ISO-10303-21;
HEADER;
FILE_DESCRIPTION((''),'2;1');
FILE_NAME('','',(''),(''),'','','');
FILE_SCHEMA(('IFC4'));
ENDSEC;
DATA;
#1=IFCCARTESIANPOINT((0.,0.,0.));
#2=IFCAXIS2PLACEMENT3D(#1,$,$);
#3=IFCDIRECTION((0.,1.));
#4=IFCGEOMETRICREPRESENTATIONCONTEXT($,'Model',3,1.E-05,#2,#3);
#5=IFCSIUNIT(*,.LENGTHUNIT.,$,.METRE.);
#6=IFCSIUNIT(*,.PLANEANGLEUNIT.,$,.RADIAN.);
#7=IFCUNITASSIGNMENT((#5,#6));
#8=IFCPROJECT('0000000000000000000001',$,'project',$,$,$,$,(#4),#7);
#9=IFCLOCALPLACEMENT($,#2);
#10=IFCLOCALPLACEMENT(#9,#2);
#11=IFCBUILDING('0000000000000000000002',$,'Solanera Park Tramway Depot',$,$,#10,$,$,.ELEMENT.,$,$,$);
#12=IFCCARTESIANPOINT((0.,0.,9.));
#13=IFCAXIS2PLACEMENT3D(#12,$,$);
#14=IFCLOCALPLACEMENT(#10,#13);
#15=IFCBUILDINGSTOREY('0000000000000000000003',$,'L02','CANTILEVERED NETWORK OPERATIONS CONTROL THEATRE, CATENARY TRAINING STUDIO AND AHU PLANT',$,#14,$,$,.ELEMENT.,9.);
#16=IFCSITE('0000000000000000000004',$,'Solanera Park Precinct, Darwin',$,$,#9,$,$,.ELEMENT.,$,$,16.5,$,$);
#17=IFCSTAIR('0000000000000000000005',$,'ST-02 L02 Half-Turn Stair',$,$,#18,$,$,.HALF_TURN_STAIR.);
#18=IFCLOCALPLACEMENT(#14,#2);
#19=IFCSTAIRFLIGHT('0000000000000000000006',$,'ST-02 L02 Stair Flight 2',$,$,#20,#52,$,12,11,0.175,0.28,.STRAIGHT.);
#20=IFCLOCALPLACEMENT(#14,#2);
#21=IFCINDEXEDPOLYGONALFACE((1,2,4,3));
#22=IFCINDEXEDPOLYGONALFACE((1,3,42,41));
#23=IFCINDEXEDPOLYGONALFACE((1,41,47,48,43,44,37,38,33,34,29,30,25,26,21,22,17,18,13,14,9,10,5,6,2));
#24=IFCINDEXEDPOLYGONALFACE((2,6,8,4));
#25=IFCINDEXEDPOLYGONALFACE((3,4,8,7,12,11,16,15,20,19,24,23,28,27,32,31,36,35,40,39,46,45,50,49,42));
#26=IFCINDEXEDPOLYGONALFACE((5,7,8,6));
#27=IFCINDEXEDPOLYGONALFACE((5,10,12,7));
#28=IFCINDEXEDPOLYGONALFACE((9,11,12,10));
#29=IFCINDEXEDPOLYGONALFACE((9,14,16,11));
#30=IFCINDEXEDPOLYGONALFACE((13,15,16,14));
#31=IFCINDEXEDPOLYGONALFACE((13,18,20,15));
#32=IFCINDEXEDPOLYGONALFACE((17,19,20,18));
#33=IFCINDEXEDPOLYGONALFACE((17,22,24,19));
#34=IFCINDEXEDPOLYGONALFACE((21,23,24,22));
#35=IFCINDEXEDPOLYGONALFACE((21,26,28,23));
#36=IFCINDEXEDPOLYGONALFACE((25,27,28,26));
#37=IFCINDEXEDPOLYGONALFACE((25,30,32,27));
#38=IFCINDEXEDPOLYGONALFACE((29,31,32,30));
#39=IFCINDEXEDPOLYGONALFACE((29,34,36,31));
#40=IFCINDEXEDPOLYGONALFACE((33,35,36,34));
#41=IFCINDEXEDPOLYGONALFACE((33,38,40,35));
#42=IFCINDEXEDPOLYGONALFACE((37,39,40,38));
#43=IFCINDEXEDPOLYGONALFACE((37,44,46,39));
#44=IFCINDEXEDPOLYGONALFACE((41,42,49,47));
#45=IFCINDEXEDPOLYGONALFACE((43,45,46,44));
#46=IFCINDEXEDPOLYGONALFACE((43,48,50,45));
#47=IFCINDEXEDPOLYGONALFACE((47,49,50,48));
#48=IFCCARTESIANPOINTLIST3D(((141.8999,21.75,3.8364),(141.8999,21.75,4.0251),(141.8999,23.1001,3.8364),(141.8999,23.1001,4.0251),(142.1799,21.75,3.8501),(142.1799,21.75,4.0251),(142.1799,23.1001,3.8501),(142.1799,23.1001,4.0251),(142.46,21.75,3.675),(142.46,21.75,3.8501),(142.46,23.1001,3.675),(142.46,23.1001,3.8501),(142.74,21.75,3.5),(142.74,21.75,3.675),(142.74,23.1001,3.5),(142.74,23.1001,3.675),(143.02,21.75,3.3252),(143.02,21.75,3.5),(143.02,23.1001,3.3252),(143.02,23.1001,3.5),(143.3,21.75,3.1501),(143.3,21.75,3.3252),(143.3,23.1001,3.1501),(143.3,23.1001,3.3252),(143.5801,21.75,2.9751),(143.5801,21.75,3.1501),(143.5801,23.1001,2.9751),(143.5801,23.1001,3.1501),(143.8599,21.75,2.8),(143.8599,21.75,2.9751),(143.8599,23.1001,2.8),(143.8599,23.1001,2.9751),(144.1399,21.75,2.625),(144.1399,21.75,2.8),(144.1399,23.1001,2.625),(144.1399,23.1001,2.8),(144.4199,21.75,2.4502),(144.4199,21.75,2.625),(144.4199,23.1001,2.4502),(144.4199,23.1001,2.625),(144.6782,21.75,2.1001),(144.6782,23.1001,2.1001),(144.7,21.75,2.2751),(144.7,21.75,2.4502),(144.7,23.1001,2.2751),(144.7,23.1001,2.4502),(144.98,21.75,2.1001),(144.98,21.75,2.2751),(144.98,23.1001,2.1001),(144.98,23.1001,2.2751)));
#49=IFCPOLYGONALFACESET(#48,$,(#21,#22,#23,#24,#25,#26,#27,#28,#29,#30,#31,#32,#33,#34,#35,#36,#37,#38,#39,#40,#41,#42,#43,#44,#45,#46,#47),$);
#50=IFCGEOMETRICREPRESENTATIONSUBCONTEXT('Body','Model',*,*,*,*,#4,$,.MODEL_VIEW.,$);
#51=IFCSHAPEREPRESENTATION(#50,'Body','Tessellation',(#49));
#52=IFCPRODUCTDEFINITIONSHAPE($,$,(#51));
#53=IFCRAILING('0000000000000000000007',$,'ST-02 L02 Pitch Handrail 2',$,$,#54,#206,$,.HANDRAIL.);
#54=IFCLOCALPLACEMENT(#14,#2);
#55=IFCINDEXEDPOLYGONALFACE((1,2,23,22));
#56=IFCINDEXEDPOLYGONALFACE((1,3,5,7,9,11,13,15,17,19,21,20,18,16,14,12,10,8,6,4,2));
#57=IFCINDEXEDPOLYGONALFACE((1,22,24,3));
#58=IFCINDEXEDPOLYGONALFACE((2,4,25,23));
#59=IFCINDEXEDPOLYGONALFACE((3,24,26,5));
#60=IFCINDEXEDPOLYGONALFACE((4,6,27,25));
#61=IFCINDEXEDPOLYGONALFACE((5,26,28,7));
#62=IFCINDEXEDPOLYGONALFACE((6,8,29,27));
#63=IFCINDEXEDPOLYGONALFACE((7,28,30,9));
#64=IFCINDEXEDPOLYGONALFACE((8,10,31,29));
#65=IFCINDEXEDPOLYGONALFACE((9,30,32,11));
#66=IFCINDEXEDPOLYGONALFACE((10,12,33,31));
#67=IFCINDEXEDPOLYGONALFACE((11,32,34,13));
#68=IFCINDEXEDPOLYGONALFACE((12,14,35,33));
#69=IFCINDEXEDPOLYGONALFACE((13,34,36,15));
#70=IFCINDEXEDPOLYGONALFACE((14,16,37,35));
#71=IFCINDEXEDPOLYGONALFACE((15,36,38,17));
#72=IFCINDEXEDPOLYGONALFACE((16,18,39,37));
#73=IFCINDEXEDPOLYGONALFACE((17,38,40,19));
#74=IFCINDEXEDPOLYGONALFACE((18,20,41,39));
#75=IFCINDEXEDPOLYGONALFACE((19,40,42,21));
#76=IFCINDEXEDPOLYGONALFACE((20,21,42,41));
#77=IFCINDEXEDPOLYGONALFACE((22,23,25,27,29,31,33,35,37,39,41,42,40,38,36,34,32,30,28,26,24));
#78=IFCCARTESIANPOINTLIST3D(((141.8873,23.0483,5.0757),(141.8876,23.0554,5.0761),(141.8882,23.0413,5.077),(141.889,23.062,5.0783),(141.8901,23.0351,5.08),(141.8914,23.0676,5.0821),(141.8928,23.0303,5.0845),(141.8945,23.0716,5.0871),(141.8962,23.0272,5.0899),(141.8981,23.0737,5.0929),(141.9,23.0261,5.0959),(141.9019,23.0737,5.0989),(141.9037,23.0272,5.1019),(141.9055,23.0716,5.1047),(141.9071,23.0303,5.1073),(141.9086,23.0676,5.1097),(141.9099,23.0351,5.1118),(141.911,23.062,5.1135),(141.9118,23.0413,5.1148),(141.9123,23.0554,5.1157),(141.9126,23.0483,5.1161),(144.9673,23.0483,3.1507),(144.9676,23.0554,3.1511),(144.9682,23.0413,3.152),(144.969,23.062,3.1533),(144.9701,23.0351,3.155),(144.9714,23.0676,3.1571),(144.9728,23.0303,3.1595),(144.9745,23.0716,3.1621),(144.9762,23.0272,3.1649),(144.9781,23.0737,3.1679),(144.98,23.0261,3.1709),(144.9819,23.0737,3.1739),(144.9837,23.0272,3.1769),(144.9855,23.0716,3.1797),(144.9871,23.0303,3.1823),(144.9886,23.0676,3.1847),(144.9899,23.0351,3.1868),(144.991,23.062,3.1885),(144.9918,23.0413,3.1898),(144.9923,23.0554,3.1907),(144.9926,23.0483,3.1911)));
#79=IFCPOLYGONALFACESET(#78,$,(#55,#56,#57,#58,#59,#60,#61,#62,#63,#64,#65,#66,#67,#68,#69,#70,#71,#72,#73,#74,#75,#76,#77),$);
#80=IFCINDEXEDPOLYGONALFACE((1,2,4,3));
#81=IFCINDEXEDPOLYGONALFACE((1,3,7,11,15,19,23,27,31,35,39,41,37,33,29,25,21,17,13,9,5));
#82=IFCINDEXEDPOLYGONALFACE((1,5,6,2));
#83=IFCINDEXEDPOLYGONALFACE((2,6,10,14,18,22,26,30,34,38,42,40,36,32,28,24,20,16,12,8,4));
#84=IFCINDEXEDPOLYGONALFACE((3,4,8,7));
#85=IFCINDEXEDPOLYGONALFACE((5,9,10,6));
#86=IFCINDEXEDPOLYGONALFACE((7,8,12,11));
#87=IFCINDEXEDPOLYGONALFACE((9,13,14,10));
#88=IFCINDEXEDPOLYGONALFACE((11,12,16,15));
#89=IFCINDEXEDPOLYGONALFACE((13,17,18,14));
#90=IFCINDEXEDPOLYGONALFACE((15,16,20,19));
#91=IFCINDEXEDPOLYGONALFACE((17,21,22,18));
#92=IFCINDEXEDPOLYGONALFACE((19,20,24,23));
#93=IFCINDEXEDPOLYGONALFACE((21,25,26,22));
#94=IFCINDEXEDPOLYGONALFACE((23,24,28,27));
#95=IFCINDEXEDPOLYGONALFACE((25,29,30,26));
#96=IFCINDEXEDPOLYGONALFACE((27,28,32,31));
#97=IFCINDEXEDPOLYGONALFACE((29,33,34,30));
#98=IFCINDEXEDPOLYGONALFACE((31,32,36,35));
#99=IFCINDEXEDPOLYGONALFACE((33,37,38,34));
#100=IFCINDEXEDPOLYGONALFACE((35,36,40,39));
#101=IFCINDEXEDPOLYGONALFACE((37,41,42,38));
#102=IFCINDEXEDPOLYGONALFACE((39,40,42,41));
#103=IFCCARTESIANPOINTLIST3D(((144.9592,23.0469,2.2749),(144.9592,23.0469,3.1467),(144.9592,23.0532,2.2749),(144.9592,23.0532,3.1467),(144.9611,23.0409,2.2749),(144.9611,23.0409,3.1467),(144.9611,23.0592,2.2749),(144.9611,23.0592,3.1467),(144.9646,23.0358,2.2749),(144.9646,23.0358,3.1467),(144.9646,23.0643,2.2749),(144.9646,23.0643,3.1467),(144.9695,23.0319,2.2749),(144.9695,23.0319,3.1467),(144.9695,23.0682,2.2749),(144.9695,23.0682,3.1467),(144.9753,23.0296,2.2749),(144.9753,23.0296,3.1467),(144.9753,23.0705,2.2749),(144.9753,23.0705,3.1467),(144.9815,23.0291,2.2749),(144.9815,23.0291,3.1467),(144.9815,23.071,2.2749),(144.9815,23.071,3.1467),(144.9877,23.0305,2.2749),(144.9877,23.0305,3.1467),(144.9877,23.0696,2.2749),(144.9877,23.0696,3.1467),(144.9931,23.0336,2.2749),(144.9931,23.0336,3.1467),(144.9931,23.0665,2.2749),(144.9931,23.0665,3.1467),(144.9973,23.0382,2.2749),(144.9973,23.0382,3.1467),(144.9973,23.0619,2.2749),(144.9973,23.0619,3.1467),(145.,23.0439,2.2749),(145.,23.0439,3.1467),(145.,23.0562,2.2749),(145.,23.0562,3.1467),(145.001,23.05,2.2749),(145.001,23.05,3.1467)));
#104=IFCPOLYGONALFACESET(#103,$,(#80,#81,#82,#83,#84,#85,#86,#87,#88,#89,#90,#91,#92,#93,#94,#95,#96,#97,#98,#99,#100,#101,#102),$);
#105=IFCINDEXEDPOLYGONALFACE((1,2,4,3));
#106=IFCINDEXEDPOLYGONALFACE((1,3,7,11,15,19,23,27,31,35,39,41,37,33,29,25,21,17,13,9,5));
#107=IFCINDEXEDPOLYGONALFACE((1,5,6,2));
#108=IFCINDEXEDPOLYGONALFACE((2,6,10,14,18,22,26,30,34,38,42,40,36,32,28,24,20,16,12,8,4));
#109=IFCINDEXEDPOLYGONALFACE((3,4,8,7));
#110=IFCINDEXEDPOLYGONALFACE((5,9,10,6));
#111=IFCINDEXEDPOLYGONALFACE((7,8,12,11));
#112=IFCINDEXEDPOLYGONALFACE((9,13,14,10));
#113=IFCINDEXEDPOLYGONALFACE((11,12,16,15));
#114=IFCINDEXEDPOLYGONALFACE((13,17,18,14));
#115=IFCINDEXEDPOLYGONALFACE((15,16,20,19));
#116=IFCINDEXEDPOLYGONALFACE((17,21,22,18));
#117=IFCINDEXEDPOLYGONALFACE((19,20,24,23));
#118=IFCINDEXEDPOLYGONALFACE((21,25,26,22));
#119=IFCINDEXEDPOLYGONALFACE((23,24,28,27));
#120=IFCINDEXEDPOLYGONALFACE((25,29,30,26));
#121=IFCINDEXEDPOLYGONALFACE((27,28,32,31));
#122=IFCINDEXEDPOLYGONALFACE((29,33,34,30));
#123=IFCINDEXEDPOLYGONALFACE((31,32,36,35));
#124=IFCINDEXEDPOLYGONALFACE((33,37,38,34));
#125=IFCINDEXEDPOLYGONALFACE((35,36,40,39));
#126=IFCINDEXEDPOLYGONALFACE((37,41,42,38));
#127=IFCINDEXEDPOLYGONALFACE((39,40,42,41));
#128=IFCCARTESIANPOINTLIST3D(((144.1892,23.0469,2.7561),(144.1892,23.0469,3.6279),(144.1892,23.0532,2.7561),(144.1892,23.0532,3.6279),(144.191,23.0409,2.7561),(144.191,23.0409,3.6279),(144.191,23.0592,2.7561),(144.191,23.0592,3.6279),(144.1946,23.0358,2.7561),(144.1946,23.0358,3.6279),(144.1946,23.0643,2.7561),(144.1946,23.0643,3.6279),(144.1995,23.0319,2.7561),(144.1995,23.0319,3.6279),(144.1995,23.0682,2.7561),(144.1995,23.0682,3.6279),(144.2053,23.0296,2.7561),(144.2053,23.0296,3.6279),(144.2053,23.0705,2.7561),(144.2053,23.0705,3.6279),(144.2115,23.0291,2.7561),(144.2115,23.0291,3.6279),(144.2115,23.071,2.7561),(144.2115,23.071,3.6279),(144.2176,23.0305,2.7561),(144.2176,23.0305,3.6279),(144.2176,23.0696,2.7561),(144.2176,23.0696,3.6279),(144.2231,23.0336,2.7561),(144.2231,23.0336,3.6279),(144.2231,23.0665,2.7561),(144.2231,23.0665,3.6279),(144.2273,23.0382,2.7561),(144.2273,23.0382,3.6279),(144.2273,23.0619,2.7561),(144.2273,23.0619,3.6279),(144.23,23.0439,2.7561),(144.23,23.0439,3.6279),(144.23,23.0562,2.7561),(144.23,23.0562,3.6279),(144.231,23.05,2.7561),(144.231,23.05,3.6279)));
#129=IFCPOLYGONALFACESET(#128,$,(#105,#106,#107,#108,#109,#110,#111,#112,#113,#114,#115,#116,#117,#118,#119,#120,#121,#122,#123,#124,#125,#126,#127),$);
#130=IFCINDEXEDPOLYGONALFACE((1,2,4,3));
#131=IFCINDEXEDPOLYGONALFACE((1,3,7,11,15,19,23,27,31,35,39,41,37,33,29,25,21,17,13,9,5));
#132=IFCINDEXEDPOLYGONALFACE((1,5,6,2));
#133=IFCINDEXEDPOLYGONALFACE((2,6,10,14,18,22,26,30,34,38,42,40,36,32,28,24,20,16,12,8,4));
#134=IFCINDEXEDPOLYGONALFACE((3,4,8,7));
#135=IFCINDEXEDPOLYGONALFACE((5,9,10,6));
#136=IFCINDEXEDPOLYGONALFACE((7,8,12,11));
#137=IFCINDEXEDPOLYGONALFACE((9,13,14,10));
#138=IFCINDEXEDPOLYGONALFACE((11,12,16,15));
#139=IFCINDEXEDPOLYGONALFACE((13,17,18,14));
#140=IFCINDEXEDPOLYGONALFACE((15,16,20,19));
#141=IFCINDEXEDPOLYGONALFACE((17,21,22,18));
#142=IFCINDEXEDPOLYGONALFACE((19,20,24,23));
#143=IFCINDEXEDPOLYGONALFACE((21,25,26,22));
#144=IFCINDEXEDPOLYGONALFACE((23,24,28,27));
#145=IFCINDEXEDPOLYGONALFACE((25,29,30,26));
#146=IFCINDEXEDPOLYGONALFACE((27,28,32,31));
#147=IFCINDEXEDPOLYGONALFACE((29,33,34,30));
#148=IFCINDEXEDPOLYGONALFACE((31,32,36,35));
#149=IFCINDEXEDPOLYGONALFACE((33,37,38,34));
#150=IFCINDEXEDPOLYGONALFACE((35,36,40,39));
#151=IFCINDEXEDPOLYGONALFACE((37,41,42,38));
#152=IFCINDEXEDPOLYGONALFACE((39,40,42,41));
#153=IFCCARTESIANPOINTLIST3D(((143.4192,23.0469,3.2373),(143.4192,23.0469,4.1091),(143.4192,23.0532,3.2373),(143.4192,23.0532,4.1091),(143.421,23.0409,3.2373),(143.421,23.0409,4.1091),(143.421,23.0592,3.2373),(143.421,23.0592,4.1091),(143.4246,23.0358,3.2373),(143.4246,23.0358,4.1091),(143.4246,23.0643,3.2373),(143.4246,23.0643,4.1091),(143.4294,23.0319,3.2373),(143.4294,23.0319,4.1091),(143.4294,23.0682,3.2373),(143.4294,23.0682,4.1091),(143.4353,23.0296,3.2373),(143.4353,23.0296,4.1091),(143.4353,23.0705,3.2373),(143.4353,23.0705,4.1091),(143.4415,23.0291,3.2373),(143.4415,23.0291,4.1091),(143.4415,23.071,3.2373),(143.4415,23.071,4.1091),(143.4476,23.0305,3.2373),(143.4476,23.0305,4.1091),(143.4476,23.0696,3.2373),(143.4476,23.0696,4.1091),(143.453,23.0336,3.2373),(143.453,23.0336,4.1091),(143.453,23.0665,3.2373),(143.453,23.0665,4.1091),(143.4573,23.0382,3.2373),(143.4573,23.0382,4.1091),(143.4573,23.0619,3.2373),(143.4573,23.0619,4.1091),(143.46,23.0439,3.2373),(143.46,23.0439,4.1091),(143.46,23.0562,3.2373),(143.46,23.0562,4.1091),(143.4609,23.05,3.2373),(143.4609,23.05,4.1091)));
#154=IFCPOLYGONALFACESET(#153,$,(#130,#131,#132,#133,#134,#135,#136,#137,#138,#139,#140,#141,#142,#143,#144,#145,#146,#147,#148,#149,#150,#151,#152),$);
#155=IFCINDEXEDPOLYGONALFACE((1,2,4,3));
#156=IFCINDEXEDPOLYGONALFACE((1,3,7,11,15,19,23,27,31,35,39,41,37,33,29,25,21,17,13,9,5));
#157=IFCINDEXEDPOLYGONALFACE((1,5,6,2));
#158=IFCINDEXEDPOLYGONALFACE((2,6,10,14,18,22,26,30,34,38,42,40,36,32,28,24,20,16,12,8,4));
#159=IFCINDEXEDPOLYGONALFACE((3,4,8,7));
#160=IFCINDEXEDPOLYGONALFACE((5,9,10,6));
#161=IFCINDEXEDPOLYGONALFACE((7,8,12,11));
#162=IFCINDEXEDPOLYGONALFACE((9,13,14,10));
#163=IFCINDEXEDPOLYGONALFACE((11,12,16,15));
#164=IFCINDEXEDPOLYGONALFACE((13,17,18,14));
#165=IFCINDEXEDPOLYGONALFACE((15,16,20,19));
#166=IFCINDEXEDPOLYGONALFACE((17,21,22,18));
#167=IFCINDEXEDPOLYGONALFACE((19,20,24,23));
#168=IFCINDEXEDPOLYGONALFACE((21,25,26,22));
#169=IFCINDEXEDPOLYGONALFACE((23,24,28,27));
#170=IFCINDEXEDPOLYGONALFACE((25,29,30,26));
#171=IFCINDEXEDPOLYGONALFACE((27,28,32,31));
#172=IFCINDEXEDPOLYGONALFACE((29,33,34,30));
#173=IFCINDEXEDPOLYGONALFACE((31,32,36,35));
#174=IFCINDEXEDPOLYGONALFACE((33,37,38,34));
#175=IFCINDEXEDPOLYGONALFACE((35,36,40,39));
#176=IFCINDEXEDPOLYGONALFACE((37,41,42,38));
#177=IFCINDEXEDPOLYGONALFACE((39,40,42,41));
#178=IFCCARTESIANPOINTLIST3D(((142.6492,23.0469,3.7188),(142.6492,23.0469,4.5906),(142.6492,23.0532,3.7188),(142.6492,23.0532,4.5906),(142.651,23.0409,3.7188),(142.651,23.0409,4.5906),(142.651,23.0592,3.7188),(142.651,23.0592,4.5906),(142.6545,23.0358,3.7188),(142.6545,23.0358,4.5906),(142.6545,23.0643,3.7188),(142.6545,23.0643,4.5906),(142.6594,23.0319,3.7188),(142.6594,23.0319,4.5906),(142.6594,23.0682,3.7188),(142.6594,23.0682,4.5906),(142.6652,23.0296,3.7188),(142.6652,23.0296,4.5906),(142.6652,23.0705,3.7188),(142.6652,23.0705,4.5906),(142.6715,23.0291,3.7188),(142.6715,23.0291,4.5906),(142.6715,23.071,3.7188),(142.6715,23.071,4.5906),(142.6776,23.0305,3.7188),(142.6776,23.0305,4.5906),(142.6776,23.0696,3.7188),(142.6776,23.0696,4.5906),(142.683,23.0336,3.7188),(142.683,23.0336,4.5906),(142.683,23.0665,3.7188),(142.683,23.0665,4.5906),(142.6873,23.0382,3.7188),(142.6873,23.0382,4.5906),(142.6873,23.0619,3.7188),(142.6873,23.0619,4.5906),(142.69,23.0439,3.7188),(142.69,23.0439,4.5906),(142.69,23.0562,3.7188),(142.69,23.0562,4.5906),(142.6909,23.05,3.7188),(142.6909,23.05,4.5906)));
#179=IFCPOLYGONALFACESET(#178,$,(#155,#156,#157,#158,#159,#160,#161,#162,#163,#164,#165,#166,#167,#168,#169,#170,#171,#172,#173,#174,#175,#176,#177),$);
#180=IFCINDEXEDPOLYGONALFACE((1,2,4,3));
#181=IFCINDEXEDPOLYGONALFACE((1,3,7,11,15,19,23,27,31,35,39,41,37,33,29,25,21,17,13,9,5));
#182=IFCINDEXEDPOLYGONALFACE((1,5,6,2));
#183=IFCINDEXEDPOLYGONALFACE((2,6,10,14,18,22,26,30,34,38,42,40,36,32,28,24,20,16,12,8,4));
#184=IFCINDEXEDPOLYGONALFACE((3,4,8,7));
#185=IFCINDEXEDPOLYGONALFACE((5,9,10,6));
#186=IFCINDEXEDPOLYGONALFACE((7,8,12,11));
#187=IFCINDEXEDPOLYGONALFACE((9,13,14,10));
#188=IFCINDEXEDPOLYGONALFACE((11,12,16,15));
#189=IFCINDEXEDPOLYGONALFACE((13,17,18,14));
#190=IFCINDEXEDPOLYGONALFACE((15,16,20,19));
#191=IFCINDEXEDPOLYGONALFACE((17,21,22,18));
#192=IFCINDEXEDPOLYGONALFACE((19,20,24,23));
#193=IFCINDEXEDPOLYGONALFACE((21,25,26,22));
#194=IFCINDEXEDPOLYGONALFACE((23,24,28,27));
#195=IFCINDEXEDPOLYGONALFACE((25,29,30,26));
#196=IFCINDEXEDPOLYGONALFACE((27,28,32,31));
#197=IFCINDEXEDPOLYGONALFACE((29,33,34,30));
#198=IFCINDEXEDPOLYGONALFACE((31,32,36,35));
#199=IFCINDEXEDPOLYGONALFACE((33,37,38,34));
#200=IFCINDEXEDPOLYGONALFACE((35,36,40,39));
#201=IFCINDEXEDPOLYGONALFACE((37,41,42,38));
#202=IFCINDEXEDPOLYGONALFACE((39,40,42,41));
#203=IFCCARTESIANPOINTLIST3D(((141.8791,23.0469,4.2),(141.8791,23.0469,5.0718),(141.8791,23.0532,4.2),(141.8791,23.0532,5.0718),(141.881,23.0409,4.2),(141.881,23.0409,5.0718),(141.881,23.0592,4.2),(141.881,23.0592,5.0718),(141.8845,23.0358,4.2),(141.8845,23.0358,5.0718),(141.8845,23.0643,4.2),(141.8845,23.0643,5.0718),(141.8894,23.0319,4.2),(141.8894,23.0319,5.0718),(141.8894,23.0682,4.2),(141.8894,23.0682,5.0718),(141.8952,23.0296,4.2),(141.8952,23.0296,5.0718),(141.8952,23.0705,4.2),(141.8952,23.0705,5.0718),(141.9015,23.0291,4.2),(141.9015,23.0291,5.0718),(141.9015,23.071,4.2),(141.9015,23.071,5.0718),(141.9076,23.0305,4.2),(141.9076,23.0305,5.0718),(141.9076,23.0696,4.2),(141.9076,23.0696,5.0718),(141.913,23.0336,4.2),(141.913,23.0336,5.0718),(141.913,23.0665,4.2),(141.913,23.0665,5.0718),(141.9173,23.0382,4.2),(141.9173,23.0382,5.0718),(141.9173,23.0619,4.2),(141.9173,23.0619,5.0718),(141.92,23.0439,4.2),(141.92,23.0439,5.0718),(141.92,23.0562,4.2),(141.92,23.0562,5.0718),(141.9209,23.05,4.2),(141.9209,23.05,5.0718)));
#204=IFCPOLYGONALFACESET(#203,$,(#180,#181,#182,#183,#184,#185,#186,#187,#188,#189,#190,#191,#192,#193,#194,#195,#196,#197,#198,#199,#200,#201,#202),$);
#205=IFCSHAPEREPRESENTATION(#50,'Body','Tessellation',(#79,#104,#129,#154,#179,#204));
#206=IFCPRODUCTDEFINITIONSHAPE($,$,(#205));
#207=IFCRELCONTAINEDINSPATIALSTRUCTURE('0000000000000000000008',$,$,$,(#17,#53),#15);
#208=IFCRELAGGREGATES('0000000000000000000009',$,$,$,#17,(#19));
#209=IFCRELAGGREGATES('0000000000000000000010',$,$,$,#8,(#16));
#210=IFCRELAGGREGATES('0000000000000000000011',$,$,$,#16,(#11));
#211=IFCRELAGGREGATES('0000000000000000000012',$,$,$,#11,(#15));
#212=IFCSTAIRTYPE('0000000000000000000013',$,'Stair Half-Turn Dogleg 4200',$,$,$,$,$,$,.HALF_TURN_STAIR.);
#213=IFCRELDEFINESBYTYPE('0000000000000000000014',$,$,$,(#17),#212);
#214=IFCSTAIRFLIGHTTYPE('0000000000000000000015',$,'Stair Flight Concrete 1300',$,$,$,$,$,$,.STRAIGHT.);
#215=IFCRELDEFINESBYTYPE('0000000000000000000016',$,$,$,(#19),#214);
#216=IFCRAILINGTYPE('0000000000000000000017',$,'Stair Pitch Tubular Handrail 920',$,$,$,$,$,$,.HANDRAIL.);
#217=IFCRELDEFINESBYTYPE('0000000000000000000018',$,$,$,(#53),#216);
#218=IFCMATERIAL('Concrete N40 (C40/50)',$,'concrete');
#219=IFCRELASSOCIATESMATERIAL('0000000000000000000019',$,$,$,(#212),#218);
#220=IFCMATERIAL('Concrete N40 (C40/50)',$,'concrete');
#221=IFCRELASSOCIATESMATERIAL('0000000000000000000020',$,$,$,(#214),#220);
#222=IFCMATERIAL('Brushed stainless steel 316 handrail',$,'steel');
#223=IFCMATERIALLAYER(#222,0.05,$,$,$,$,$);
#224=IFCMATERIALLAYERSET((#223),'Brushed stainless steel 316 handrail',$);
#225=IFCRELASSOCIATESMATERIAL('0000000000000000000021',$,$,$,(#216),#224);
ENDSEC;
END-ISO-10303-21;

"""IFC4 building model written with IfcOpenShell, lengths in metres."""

from ifc_helpers import new_model, si_unit, direction, frame, origin, origin_2d, place, context, subcontext, project, spatial, polyline, circle, outline, extrude, material, layer, layer_set, type_object, element, aggregate, save


model = new_model("IFC4")

# Units and contexts
model_context = context("Model", 3, precision=1e-05, world=origin(), true_north=direction((0.0, 1.0)))
body_context = subcontext(model_context, "Body", "Model", "MODEL_VIEW")
ifc_project = project(units=[si_unit("LENGTHUNIT", "METRE"), si_unit("PLANEANGLEUNIT", "RADIAN")], contexts=[model_context])

# Site, building, storey
site_placement = place(None, origin())
site = spatial("IfcSite", under=ifc_project, at=site_placement, Name="Solanera Park Precinct, Darwin", CompositionType="ELEMENT", RefElevation=16.5)
building_placement = place(site_placement, origin())
building = spatial("IfcBuilding", under=site, at=building_placement, Name="Solanera Park Tramway Depot", CompositionType="ELEMENT")
storey_placement = place(building_placement, frame((0.0, 0.0, 9.0)))
storey = spatial("IfcBuildingStorey", under=building, at=storey_placement, Name="L02", Description="CANTILEVERED NETWORK OPERATIONS CONTROL THEATRE, CATENARY TRAINING STUDIO AND AHU PLANT", CompositionType="ELEMENT", Elevation=9.0)

# Stair, stair flight
ifc_material_1 = material(Name="Concrete N40 (C40/50)", Category="concrete")
stair_type = type_object("IfcStairType", Name="Stair Half-Turn Dogleg 4200", PredefinedType="HALF_TURN_STAIR", material=ifc_material_1)
stair_placement = place(storey_placement, origin())
stair = element("IfcStair", 1, at=stair_placement, inside=storey, type_object=stair_type, Name="ST-02 L02 Half-Turn Stair", PredefinedType="HALF_TURN_STAIR")
ifc_material_2 = material(Name="Concrete N40 (C40/50)", Category="concrete")
stair_flight_type = type_object("IfcStairFlightType", Name="Stair Flight Concrete 1300", PredefinedType="STRAIGHT", material=ifc_material_2)
stair_flight_placement = place(storey_placement, frame((144.98, 22.425, 2.1001), z_axis=(0.0, 0.0, 1.0), x_axis=(-1.0, 0.0, 0.0)))
stair_flight = element("IfcStairFlight", 2, at=stair_flight_placement, type_object=stair_flight_type, Name="ST-02 L02 Stair Flight 2", NumberOfRisers=12, NumberOfTreads=11, PredefinedType="STRAIGHT", RiserHeight=0.175, TreadLength=0.28, context=body_context, shape_type="SweptSolid", body=[
    extrude(outline(polyline([(0.0, 0.0), (0.0, 0.175), (0.28, 0.175), (0.28, 0.3501), (0.5601, 0.3501), (0.5601, 0.5249), (0.8401, 0.5249), (0.8401, 0.7), (1.1201, 0.7), (1.1201, 0.875), (1.3999, 0.875), (1.3999, 1.05), (1.6799, 1.05), (1.6799, 1.2251), (1.96, 1.2251), (1.96, 1.3999), (2.24, 1.3999), (2.24, 1.575), (2.52, 1.575), (2.52, 1.75), (2.8, 1.75), (2.8, 1.925), (3.0801, 1.925), (3.0801, 2.1001), (3.0801, 1.7363), (0.3018, 0.0), (0.0, 0.0)])), frame((0.0, 0.675, 0.0), z_axis=(0.0, -1.0, 0.0), x_axis=(1.0, 0.0, 0.0)), (0.0, 0.0, 1.0), 1.3501),
])
aggregate(stair, [stair_flight])

# Railing
ifc_material_3 = material(Name="Brushed stainless steel 316 handrail", Category="steel")
ifc_layer_1 = layer(ifc_material_3, 0.05)
ifc_layer_set_1 = layer_set([ifc_layer_1], Name="Brushed stainless steel 316 handrail")
railing_type_1 = type_object("IfcRailingType", Name="Stair Pitch Tubular Handrail 920", PredefinedType="HANDRAIL", material=ifc_layer_set_1)
railing_1_placement = place(storey_placement, frame((144.98, 23.05, 2.2749)))
element("IfcRailing", 3, at=railing_1_placement, inside=storey, type_object=railing_type_1, Name="ST-02 L02 Pitch Handrail 2", PredefinedType="HANDRAIL", context=body_context, shape_type="SweptSolid", body=[
    extrude(circle(Radius=0.0239, at=origin_2d()), frame((0.0, 0.0, 0.896), z_axis=(-0.847998, 0.0, 0.529999), x_axis=(0.0, -1.0, 0.0)), (0.0, 0.0, 1.0), 3.6321),
    extrude(circle(Radius=0.021, at=origin_2d()), origin(), (0.0, 0.0, 1.0), 0.8718),
    extrude(circle(Radius=0.021, at=origin_2d()), frame((-0.77, 0.0, 0.4812)), (0.0, 0.0, 1.0), 0.8718),
    extrude(circle(Radius=0.021, at=origin_2d()), frame((-1.54, 0.0, 0.9624)), (0.0, 0.0, 1.0), 0.8718),
    extrude(circle(Radius=0.021, at=origin_2d()), frame((-2.3101, 0.0, 1.4438)), (0.0, 0.0, 1.0), 0.8718),
    extrude(circle(Radius=0.021, at=origin_2d()), frame((-3.0801, 0.0, 1.925)), (0.0, 0.0, 1.0), 0.8718),
])

save(model, "model.ifc")
